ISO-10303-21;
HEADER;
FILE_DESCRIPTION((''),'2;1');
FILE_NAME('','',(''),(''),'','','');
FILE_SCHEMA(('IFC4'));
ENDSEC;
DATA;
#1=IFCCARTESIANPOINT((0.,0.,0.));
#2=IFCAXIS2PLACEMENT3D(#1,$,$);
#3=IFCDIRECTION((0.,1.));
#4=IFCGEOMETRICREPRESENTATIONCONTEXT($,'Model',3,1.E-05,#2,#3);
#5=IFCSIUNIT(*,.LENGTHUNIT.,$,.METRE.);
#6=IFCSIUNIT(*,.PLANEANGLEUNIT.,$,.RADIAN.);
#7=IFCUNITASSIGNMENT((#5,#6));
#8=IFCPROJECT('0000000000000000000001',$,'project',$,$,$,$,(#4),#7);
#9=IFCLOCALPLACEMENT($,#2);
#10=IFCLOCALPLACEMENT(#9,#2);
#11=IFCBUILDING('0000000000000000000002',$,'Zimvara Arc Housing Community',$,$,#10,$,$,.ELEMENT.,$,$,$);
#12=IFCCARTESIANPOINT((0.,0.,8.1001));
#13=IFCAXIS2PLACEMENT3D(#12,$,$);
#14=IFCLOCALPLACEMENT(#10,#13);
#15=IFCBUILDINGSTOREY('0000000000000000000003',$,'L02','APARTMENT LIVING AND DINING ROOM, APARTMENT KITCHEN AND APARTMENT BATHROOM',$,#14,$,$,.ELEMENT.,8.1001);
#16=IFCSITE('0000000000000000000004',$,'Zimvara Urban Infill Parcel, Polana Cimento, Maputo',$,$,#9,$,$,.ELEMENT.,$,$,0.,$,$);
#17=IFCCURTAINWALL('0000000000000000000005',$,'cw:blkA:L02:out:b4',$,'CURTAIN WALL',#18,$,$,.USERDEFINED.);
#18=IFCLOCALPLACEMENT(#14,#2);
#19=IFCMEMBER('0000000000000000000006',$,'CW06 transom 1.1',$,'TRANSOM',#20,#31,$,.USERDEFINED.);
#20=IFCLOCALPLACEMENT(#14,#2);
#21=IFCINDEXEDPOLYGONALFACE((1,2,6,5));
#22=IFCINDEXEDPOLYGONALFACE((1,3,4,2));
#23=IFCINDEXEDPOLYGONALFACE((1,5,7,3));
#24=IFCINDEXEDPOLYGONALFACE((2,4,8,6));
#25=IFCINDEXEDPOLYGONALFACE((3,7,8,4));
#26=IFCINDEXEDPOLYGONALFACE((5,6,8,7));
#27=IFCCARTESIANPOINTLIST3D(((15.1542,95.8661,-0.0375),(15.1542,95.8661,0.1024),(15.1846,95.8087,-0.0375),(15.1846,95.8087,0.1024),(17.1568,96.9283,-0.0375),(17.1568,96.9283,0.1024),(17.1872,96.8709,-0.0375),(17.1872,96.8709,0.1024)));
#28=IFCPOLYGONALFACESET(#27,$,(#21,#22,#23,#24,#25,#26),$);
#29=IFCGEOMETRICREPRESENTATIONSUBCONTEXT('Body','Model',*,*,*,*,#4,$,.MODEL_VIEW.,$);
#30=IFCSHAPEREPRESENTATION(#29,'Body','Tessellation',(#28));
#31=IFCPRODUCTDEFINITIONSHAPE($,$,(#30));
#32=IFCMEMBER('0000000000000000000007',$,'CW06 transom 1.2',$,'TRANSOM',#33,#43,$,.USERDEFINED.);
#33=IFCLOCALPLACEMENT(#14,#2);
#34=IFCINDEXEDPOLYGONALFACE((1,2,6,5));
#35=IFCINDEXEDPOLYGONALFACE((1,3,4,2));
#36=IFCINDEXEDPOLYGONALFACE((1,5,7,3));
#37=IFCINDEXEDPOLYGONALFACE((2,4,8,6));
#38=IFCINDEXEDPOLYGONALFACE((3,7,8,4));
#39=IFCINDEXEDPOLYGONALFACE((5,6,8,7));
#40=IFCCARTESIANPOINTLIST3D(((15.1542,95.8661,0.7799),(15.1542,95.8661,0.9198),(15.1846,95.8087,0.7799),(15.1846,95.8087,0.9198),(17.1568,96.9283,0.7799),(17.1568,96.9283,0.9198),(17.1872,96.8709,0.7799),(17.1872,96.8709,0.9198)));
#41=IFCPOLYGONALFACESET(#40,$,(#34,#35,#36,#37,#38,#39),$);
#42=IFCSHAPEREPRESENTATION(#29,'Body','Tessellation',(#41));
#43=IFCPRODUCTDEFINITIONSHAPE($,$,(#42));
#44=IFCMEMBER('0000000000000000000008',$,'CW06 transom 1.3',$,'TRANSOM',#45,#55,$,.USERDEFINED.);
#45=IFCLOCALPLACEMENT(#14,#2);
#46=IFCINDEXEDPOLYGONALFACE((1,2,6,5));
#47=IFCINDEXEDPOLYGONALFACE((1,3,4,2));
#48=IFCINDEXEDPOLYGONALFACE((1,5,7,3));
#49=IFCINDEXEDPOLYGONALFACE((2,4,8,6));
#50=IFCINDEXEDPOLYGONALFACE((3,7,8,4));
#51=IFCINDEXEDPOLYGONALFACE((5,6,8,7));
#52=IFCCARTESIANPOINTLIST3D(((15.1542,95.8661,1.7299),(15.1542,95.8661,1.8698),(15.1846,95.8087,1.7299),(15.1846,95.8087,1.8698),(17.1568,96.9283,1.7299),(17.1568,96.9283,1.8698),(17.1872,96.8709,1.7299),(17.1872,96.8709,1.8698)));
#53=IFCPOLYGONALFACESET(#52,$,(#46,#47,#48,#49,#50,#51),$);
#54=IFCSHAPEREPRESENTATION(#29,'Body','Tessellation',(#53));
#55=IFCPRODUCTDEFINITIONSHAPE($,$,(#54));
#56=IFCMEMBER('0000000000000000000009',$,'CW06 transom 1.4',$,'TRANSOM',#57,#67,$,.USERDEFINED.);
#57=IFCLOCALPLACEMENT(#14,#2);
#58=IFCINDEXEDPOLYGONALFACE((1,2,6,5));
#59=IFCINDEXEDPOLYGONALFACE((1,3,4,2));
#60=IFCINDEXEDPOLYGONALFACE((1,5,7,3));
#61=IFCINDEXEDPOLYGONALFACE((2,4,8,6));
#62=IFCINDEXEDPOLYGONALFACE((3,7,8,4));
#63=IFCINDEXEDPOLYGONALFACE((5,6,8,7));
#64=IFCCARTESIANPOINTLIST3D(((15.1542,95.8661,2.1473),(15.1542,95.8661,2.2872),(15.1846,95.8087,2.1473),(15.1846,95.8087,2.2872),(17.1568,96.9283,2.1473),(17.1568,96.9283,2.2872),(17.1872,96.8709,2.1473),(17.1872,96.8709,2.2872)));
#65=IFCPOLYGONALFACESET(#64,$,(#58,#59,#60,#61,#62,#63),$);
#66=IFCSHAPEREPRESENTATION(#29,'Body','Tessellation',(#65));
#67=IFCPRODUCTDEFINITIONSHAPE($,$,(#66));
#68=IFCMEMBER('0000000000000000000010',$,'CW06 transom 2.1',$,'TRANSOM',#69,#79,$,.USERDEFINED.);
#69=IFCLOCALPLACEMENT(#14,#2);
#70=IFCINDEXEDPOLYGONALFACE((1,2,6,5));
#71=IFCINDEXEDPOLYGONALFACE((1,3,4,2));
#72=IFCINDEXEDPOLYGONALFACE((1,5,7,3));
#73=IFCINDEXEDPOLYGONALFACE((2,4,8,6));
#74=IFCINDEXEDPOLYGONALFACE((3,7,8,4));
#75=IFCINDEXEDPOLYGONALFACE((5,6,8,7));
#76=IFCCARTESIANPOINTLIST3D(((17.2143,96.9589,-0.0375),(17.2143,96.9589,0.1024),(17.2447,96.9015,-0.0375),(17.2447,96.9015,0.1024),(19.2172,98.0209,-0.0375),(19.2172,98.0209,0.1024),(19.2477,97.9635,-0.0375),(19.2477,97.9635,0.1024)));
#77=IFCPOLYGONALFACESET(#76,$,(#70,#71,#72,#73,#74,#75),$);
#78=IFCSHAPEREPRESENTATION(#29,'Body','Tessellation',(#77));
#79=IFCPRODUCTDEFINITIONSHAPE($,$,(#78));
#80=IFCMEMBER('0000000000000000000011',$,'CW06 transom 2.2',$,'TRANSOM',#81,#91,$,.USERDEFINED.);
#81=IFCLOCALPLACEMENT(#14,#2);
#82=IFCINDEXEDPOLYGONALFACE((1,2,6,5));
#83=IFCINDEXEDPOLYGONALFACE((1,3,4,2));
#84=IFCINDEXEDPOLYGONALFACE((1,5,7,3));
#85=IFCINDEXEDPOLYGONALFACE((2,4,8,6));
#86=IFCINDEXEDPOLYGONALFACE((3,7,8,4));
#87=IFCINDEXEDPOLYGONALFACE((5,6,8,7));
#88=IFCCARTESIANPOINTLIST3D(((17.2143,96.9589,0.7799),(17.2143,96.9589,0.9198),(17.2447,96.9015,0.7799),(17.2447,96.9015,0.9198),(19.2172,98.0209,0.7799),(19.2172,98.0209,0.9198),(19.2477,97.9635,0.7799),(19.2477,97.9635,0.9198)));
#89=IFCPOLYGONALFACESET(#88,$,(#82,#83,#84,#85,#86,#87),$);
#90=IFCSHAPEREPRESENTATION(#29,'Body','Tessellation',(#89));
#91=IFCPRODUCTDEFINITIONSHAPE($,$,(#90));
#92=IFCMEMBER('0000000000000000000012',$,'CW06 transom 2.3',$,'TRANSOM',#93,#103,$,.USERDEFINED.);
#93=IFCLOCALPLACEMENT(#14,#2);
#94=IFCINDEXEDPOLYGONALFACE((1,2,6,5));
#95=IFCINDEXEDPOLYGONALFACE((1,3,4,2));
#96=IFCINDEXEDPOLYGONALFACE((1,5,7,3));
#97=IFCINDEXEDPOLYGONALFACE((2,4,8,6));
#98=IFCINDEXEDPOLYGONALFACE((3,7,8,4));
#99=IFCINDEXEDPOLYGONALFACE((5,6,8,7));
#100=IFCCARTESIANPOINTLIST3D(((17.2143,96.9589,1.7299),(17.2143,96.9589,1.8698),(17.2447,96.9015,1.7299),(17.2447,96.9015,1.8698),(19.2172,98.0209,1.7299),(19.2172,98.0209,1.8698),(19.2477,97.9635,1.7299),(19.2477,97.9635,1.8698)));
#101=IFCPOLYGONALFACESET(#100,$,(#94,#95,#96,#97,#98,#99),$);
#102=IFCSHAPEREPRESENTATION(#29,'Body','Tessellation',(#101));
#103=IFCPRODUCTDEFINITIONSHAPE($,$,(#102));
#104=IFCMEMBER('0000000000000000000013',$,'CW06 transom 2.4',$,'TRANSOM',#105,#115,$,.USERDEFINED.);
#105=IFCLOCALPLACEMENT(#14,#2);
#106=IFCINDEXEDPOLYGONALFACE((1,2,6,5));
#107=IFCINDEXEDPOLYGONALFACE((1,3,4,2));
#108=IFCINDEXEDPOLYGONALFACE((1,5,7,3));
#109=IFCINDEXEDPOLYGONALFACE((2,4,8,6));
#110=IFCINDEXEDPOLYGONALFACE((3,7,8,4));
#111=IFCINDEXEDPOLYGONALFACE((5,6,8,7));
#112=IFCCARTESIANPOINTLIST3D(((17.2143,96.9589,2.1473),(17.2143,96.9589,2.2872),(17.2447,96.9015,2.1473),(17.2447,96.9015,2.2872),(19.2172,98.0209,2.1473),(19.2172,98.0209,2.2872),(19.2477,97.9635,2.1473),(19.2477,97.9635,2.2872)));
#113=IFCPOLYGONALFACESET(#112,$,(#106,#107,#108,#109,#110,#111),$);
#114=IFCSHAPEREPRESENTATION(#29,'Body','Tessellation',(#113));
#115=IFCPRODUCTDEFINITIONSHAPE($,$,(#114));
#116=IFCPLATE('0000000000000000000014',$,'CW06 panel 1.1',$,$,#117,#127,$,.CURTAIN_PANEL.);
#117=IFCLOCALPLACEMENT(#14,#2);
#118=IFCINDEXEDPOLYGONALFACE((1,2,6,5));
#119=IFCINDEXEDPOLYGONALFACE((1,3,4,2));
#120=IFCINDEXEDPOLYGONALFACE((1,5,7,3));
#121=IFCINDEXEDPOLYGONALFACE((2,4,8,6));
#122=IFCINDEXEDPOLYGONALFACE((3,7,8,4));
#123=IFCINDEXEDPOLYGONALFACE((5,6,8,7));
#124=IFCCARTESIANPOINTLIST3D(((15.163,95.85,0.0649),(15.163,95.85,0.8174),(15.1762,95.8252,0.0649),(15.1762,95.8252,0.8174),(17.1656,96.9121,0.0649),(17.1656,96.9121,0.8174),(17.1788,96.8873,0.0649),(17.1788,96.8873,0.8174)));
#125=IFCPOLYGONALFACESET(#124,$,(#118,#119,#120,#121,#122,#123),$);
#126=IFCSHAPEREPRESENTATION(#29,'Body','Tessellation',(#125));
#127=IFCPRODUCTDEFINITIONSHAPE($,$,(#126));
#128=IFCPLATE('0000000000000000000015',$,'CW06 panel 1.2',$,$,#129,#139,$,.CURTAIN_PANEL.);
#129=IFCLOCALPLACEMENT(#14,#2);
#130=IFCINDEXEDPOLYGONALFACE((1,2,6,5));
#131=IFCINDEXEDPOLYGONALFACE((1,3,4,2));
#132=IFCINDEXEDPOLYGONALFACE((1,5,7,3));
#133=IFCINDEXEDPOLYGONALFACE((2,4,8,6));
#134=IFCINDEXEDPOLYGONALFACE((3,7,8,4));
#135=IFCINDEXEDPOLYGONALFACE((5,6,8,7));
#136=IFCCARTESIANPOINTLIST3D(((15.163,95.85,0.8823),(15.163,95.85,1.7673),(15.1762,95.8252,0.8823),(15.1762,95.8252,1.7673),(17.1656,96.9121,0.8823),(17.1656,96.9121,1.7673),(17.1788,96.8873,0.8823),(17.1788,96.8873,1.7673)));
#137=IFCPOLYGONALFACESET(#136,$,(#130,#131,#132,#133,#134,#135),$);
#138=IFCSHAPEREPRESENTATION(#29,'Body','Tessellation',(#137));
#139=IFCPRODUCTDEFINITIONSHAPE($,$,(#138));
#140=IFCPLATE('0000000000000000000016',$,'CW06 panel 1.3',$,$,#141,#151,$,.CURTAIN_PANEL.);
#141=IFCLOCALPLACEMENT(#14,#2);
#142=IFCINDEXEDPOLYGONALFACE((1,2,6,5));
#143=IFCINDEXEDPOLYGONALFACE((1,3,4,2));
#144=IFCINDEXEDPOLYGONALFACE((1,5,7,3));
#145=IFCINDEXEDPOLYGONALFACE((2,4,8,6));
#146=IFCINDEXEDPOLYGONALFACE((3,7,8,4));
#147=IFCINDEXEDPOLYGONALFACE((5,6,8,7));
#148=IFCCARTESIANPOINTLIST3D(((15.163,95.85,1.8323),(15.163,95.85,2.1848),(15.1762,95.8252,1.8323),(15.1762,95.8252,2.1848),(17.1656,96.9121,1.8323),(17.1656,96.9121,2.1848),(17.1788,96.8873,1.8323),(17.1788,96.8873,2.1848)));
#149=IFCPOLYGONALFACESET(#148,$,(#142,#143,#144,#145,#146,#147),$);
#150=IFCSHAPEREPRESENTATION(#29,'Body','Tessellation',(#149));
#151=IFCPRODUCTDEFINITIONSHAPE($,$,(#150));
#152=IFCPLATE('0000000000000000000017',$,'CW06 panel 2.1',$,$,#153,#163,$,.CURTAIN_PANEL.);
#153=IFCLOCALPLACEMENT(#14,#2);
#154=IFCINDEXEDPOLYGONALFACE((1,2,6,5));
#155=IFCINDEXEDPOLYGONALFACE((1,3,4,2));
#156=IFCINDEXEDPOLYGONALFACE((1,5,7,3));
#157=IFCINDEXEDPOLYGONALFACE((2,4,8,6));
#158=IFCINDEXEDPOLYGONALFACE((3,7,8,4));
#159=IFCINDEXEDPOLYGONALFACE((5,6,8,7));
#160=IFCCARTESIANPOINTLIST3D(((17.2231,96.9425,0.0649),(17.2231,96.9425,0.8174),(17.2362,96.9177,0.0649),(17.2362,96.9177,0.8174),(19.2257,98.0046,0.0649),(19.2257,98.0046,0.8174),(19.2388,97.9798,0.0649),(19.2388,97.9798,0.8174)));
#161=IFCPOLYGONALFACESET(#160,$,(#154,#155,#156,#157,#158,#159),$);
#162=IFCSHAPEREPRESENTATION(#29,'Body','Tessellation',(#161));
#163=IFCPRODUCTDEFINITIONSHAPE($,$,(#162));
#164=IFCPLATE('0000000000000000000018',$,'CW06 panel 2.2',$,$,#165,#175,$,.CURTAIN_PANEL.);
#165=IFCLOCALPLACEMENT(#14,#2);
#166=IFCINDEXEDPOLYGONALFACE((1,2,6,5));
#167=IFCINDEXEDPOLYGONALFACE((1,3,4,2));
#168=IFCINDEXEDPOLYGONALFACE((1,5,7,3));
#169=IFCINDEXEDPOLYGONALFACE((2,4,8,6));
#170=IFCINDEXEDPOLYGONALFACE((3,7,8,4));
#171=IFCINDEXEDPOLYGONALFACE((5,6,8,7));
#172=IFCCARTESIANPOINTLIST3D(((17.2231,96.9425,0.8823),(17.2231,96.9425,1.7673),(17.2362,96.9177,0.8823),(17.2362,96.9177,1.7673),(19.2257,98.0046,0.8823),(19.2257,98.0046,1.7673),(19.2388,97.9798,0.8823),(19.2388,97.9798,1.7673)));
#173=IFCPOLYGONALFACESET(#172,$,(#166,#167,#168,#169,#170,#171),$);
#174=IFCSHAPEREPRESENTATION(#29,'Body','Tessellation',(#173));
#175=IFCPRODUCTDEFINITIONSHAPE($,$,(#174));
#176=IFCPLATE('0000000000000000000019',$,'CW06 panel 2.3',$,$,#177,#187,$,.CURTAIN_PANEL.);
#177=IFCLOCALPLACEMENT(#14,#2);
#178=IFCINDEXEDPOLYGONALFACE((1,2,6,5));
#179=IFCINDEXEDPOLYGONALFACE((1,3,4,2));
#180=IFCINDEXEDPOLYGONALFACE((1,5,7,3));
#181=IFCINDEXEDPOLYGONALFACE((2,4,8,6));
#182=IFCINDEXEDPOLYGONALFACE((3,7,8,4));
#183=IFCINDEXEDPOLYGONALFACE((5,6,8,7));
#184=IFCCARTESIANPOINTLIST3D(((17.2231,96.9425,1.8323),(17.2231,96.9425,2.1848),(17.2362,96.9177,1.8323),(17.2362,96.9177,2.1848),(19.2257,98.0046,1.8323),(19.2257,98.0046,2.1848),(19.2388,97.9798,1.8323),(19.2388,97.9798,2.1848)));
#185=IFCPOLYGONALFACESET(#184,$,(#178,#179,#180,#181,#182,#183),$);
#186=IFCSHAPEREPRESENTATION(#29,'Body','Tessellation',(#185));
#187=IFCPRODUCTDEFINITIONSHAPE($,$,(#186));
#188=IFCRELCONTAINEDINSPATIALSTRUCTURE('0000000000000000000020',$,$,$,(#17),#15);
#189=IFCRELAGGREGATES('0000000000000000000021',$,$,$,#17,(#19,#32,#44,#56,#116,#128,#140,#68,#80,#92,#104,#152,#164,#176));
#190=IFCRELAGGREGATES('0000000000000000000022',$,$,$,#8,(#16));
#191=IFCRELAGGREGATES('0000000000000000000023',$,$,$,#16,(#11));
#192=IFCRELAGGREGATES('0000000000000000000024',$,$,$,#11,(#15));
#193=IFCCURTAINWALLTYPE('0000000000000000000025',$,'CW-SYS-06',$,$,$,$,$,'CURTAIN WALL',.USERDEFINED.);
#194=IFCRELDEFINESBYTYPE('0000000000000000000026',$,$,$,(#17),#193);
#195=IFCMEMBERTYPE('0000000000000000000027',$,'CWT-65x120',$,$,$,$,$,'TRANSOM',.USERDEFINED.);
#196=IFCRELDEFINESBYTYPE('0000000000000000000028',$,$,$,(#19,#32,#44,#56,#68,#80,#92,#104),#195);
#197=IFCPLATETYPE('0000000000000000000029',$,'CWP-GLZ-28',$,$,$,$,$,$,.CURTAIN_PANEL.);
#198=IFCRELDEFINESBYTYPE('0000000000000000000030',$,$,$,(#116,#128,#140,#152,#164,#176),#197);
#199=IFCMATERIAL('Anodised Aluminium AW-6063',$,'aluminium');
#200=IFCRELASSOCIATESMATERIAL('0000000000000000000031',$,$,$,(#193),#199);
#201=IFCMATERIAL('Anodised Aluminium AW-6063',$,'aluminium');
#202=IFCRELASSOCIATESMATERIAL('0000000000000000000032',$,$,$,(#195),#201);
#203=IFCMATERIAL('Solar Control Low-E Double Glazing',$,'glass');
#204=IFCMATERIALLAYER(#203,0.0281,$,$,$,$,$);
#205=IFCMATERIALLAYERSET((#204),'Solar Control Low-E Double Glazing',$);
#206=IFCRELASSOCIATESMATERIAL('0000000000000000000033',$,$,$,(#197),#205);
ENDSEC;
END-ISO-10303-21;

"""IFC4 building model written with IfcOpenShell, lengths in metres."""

from ifc_helpers import new_model, si_unit, direction, frame, origin, origin_2d, place, context, subcontext, project, spatial, rectangle, extrude, material, layer, layer_set, material_profile, profile_set, type_object, element, aggregate, save


model = new_model("IFC4")

# Units and contexts
model_context = context("Model", 3, precision=1e-05, world=origin(), true_north=direction((0.0, 1.0)))
body_context = subcontext(model_context, "Body", "Model", "MODEL_VIEW")
ifc_project = project(units=[si_unit("LENGTHUNIT", "METRE"), si_unit("PLANEANGLEUNIT", "RADIAN")], contexts=[model_context])

# Site, building, storey
site_placement = place(None, origin())
site = spatial("IfcSite", under=ifc_project, at=site_placement, Name="Zimvara Urban Infill Parcel, Polana Cimento, Maputo", CompositionType="ELEMENT", RefElevation=0.0)
building_placement = place(site_placement, origin())
building = spatial("IfcBuilding", under=site, at=building_placement, Name="Zimvara Arc Housing Community", CompositionType="ELEMENT")
storey_placement = place(building_placement, frame((0.0, 0.0, 8.1001)))
storey = spatial("IfcBuildingStorey", under=building, at=storey_placement, Name="L02", Description="APARTMENT LIVING AND DINING ROOM, APARTMENT KITCHEN AND APARTMENT BATHROOM", CompositionType="ELEMENT", Elevation=8.1001)

# Curtain wall, members, plates
ifc_material_1 = material(Name="Anodised Aluminium AW-6063", Category="aluminium")
curtain_wall_type = type_object("IfcCurtainWallType", Name="CW-SYS-06", ElementType="CURTAIN WALL", PredefinedType="USERDEFINED", material=ifc_material_1)
curtain_wall_placement = place(storey_placement, origin())
curtain_wall = element("IfcCurtainWall", 1, at=curtain_wall_placement, inside=storey, type_object=curtain_wall_type, Name="cw:blkA:L02:out:b4", ObjectType="CURTAIN WALL", PredefinedType="USERDEFINED")
ifc_material_2 = material(Name="Anodised Aluminium AW-6063", Category="aluminium")
ifc_material_profile_1 = material_profile(ifc_material_2, rectangle(XDim=0.0649, YDim=0.1399, at=origin_2d()), Name="ALU 65x140")
ifc_profile_set_1 = profile_set([ifc_material_profile_1], Name="Anodised Aluminium AW-6063")
member_type_1 = type_object("IfcMemberType", Name="CWT-65x120", ElementType="TRANSOM", PredefinedType="USERDEFINED", material=ifc_profile_set_1)
member_1_placement = place(storey_placement, frame((15.1694, 95.8374, 0.0325), z_axis=(0.883421, 0.46858, 0.0), x_axis=(-0.46858, 0.883421, 0.0)))
member_1 = element("IfcMember", 2, at=member_1_placement, type_object=member_type_1, Name="CW06 transom 1.1", ObjectType="TRANSOM", PredefinedType="USERDEFINED", context=body_context, shape_type="SweptSolid", body=[
    extrude(rectangle(XDim=0.0649, YDim=0.1399, at=origin_2d()), origin(), (0.0, 0.0, 1.0), 2.2668),
])
member_2_placement = place(storey_placement, frame((15.1694, 95.8374, 0.8499), z_axis=(0.883421, 0.46858, 0.0), x_axis=(-0.46858, 0.883421, 0.0)))
member_2 = element("IfcMember", 3, at=member_2_placement, type_object=member_type_1, Name="CW06 transom 1.2", ObjectType="TRANSOM", PredefinedType="USERDEFINED", context=body_context, shape_type="SweptSolid", body=[
    extrude(rectangle(XDim=0.0649, YDim=0.1399, at=origin_2d()), origin(), (0.0, 0.0, 1.0), 2.2668),
])
member_3_placement = place(storey_placement, frame((15.1694, 95.8374, 1.7998), z_axis=(0.883421, 0.46858, 0.0), x_axis=(-0.46858, 0.883421, 0.0)))
member_3 = element("IfcMember", 4, at=member_3_placement, type_object=member_type_1, Name="CW06 transom 1.3", ObjectType="TRANSOM", PredefinedType="USERDEFINED", context=body_context, shape_type="SweptSolid", body=[
    extrude(rectangle(XDim=0.0649, YDim=0.1399, at=origin_2d()), origin(), (0.0, 0.0, 1.0), 2.2668),
])
member_4_placement = place(storey_placement, frame((15.1694, 95.8374, 2.2173), z_axis=(0.883421, 0.46858, 0.0), x_axis=(-0.46858, 0.883421, 0.0)))
member_4 = element("IfcMember", 5, at=member_4_placement, type_object=member_type_1, Name="CW06 transom 1.4", ObjectType="TRANSOM", PredefinedType="USERDEFINED", context=body_context, shape_type="SweptSolid", body=[
    extrude(rectangle(XDim=0.0649, YDim=0.1399, at=origin_2d()), origin(), (0.0, 0.0, 1.0), 2.2668),
])
member_5_placement = place(storey_placement, frame((17.2295, 96.9302, 0.0325), z_axis=(0.883489, 0.468452, 0.0), x_axis=(-0.468452, 0.883489, 0.0)))
member_5 = element("IfcMember", 6, at=member_5_placement, type_object=member_type_1, Name="CW06 transom 2.1", ObjectType="TRANSOM", PredefinedType="USERDEFINED", context=body_context, shape_type="SweptSolid", body=[
    extrude(rectangle(XDim=0.0649, YDim=0.1399, at=origin_2d()), origin(), (0.0, 0.0, 1.0), 2.2671),
])
member_6_placement = place(storey_placement, frame((17.2295, 96.9302, 0.8499), z_axis=(0.883489, 0.468452, 0.0), x_axis=(-0.468452, 0.883489, 0.0)))
member_6 = element("IfcMember", 7, at=member_6_placement, type_object=member_type_1, Name="CW06 transom 2.2", ObjectType="TRANSOM", PredefinedType="USERDEFINED", context=body_context, shape_type="SweptSolid", body=[
    extrude(rectangle(XDim=0.0649, YDim=0.1399, at=origin_2d()), origin(), (0.0, 0.0, 1.0), 2.2671),
])
member_7_placement = place(storey_placement, frame((17.2295, 96.9302, 1.7998), z_axis=(0.883489, 0.468452, 0.0), x_axis=(-0.468452, 0.883489, 0.0)))
member_7 = element("IfcMember", 8, at=member_7_placement, type_object=member_type_1, Name="CW06 transom 2.3", ObjectType="TRANSOM", PredefinedType="USERDEFINED", context=body_context, shape_type="SweptSolid", body=[
    extrude(rectangle(XDim=0.0649, YDim=0.1399, at=origin_2d()), origin(), (0.0, 0.0, 1.0), 2.2671),
])
member_8_placement = place(storey_placement, frame((17.2295, 96.9302, 2.2173), z_axis=(0.883489, 0.468452, 0.0), x_axis=(-0.468452, 0.883489, 0.0)))
member_8 = element("IfcMember", 9, at=member_8_placement, type_object=member_type_1, Name="CW06 transom 2.4", ObjectType="TRANSOM", PredefinedType="USERDEFINED", context=body_context, shape_type="SweptSolid", body=[
    extrude(rectangle(XDim=0.0649, YDim=0.1399, at=origin_2d()), origin(), (0.0, 0.0, 1.0), 2.2671),
])
ifc_material_3 = material(Name="Solar Control Low-E Double Glazing", Category="glass")
ifc_layer_1 = layer(ifc_material_3, 0.0281)
ifc_layer_set_1 = layer_set([ifc_layer_1], Name="Solar Control Low-E Double Glazing")
plate_type = type_object("IfcPlateType", Name="CWP-GLZ-28", PredefinedType="CURTAIN_PANEL", material=ifc_layer_set_1)
plate_1_placement = place(storey_placement, frame((16.1709, 96.3687, 0.0649), z_axis=(0.0, 0.0, 1.0), x_axis=(0.883439, 0.468547, 0.0)))
plate_1 = element("IfcPlate", 10, at=plate_1_placement, type_object=plate_type, Name="CW06 panel 1.1", PredefinedType="CURTAIN_PANEL", context=body_context, shape_type="SweptSolid", body=[
    extrude(rectangle(XDim=2.2668, YDim=0.0281, at=origin_2d()), origin(), (0.0, 0.0, 1.0), 0.7524),
])
plate_2_placement = place(storey_placement, frame((16.1709, 96.3687, 0.8823), z_axis=(0.0, 0.0, 1.0), x_axis=(0.883439, 0.468547, 0.0)))
plate_2 = element("IfcPlate", 11, at=plate_2_placement, type_object=plate_type, Name="CW06 panel 1.2", PredefinedType="CURTAIN_PANEL", context=body_context, shape_type="SweptSolid", body=[
    extrude(rectangle(XDim=2.2668, YDim=0.0281, at=origin_2d()), origin(), (0.0, 0.0, 1.0), 0.885),
])
plate_3_placement = place(storey_placement, frame((16.1709, 96.3687, 1.8323), z_axis=(0.0, 0.0, 1.0), x_axis=(0.883439, 0.468547, 0.0)))
plate_3 = element("IfcPlate", 12, at=plate_3_placement, type_object=plate_type, Name="CW06 panel 1.3", PredefinedType="CURTAIN_PANEL", context=body_context, shape_type="SweptSolid", body=[
    extrude(rectangle(XDim=2.2668, YDim=0.0281, at=origin_2d()), origin(), (0.0, 0.0, 1.0), 0.3525),
])
plate_4_placement = place(storey_placement, frame((18.231, 97.4612, 0.0649), z_axis=(0.0, 0.0, 1.0), x_axis=(0.883439, 0.468547, 0.0)))
plate_4 = element("IfcPlate", 13, at=plate_4_placement, type_object=plate_type, Name="CW06 panel 2.1", PredefinedType="CURTAIN_PANEL", context=body_context, shape_type="SweptSolid", body=[
    extrude(rectangle(XDim=2.2668, YDim=0.0281, at=origin_2d()), origin(), (0.0, 0.0, 1.0), 0.7524),
])
plate_5_placement = place(storey_placement, frame((18.231, 97.4612, 0.8823), z_axis=(0.0, 0.0, 1.0), x_axis=(0.883439, 0.468547, 0.0)))
plate_5 = element("IfcPlate", 14, at=plate_5_placement, type_object=plate_type, Name="CW06 panel 2.2", PredefinedType="CURTAIN_PANEL", context=body_context, shape_type="SweptSolid", body=[
    extrude(rectangle(XDim=2.2668, YDim=0.0281, at=origin_2d()), origin(), (0.0, 0.0, 1.0), 0.885),
])
plate_6_placement = place(storey_placement, frame((18.231, 97.4612, 1.8323), z_axis=(0.0, 0.0, 1.0), x_axis=(0.883439, 0.468547, 0.0)))
plate_6 = element("IfcPlate", 15, at=plate_6_placement, type_object=plate_type, Name="CW06 panel 2.3", PredefinedType="CURTAIN_PANEL", context=body_context, shape_type="SweptSolid", body=[
    extrude(rectangle(XDim=2.2668, YDim=0.0281, at=origin_2d()), origin(), (0.0, 0.0, 1.0), 0.3525),
])
aggregate(curtain_wall, [member_1, member_2, member_3, member_4, plate_1, plate_2, plate_3, member_5, member_6, member_7, member_8, plate_4, plate_5, plate_6])

save(model, "model.ifc")
